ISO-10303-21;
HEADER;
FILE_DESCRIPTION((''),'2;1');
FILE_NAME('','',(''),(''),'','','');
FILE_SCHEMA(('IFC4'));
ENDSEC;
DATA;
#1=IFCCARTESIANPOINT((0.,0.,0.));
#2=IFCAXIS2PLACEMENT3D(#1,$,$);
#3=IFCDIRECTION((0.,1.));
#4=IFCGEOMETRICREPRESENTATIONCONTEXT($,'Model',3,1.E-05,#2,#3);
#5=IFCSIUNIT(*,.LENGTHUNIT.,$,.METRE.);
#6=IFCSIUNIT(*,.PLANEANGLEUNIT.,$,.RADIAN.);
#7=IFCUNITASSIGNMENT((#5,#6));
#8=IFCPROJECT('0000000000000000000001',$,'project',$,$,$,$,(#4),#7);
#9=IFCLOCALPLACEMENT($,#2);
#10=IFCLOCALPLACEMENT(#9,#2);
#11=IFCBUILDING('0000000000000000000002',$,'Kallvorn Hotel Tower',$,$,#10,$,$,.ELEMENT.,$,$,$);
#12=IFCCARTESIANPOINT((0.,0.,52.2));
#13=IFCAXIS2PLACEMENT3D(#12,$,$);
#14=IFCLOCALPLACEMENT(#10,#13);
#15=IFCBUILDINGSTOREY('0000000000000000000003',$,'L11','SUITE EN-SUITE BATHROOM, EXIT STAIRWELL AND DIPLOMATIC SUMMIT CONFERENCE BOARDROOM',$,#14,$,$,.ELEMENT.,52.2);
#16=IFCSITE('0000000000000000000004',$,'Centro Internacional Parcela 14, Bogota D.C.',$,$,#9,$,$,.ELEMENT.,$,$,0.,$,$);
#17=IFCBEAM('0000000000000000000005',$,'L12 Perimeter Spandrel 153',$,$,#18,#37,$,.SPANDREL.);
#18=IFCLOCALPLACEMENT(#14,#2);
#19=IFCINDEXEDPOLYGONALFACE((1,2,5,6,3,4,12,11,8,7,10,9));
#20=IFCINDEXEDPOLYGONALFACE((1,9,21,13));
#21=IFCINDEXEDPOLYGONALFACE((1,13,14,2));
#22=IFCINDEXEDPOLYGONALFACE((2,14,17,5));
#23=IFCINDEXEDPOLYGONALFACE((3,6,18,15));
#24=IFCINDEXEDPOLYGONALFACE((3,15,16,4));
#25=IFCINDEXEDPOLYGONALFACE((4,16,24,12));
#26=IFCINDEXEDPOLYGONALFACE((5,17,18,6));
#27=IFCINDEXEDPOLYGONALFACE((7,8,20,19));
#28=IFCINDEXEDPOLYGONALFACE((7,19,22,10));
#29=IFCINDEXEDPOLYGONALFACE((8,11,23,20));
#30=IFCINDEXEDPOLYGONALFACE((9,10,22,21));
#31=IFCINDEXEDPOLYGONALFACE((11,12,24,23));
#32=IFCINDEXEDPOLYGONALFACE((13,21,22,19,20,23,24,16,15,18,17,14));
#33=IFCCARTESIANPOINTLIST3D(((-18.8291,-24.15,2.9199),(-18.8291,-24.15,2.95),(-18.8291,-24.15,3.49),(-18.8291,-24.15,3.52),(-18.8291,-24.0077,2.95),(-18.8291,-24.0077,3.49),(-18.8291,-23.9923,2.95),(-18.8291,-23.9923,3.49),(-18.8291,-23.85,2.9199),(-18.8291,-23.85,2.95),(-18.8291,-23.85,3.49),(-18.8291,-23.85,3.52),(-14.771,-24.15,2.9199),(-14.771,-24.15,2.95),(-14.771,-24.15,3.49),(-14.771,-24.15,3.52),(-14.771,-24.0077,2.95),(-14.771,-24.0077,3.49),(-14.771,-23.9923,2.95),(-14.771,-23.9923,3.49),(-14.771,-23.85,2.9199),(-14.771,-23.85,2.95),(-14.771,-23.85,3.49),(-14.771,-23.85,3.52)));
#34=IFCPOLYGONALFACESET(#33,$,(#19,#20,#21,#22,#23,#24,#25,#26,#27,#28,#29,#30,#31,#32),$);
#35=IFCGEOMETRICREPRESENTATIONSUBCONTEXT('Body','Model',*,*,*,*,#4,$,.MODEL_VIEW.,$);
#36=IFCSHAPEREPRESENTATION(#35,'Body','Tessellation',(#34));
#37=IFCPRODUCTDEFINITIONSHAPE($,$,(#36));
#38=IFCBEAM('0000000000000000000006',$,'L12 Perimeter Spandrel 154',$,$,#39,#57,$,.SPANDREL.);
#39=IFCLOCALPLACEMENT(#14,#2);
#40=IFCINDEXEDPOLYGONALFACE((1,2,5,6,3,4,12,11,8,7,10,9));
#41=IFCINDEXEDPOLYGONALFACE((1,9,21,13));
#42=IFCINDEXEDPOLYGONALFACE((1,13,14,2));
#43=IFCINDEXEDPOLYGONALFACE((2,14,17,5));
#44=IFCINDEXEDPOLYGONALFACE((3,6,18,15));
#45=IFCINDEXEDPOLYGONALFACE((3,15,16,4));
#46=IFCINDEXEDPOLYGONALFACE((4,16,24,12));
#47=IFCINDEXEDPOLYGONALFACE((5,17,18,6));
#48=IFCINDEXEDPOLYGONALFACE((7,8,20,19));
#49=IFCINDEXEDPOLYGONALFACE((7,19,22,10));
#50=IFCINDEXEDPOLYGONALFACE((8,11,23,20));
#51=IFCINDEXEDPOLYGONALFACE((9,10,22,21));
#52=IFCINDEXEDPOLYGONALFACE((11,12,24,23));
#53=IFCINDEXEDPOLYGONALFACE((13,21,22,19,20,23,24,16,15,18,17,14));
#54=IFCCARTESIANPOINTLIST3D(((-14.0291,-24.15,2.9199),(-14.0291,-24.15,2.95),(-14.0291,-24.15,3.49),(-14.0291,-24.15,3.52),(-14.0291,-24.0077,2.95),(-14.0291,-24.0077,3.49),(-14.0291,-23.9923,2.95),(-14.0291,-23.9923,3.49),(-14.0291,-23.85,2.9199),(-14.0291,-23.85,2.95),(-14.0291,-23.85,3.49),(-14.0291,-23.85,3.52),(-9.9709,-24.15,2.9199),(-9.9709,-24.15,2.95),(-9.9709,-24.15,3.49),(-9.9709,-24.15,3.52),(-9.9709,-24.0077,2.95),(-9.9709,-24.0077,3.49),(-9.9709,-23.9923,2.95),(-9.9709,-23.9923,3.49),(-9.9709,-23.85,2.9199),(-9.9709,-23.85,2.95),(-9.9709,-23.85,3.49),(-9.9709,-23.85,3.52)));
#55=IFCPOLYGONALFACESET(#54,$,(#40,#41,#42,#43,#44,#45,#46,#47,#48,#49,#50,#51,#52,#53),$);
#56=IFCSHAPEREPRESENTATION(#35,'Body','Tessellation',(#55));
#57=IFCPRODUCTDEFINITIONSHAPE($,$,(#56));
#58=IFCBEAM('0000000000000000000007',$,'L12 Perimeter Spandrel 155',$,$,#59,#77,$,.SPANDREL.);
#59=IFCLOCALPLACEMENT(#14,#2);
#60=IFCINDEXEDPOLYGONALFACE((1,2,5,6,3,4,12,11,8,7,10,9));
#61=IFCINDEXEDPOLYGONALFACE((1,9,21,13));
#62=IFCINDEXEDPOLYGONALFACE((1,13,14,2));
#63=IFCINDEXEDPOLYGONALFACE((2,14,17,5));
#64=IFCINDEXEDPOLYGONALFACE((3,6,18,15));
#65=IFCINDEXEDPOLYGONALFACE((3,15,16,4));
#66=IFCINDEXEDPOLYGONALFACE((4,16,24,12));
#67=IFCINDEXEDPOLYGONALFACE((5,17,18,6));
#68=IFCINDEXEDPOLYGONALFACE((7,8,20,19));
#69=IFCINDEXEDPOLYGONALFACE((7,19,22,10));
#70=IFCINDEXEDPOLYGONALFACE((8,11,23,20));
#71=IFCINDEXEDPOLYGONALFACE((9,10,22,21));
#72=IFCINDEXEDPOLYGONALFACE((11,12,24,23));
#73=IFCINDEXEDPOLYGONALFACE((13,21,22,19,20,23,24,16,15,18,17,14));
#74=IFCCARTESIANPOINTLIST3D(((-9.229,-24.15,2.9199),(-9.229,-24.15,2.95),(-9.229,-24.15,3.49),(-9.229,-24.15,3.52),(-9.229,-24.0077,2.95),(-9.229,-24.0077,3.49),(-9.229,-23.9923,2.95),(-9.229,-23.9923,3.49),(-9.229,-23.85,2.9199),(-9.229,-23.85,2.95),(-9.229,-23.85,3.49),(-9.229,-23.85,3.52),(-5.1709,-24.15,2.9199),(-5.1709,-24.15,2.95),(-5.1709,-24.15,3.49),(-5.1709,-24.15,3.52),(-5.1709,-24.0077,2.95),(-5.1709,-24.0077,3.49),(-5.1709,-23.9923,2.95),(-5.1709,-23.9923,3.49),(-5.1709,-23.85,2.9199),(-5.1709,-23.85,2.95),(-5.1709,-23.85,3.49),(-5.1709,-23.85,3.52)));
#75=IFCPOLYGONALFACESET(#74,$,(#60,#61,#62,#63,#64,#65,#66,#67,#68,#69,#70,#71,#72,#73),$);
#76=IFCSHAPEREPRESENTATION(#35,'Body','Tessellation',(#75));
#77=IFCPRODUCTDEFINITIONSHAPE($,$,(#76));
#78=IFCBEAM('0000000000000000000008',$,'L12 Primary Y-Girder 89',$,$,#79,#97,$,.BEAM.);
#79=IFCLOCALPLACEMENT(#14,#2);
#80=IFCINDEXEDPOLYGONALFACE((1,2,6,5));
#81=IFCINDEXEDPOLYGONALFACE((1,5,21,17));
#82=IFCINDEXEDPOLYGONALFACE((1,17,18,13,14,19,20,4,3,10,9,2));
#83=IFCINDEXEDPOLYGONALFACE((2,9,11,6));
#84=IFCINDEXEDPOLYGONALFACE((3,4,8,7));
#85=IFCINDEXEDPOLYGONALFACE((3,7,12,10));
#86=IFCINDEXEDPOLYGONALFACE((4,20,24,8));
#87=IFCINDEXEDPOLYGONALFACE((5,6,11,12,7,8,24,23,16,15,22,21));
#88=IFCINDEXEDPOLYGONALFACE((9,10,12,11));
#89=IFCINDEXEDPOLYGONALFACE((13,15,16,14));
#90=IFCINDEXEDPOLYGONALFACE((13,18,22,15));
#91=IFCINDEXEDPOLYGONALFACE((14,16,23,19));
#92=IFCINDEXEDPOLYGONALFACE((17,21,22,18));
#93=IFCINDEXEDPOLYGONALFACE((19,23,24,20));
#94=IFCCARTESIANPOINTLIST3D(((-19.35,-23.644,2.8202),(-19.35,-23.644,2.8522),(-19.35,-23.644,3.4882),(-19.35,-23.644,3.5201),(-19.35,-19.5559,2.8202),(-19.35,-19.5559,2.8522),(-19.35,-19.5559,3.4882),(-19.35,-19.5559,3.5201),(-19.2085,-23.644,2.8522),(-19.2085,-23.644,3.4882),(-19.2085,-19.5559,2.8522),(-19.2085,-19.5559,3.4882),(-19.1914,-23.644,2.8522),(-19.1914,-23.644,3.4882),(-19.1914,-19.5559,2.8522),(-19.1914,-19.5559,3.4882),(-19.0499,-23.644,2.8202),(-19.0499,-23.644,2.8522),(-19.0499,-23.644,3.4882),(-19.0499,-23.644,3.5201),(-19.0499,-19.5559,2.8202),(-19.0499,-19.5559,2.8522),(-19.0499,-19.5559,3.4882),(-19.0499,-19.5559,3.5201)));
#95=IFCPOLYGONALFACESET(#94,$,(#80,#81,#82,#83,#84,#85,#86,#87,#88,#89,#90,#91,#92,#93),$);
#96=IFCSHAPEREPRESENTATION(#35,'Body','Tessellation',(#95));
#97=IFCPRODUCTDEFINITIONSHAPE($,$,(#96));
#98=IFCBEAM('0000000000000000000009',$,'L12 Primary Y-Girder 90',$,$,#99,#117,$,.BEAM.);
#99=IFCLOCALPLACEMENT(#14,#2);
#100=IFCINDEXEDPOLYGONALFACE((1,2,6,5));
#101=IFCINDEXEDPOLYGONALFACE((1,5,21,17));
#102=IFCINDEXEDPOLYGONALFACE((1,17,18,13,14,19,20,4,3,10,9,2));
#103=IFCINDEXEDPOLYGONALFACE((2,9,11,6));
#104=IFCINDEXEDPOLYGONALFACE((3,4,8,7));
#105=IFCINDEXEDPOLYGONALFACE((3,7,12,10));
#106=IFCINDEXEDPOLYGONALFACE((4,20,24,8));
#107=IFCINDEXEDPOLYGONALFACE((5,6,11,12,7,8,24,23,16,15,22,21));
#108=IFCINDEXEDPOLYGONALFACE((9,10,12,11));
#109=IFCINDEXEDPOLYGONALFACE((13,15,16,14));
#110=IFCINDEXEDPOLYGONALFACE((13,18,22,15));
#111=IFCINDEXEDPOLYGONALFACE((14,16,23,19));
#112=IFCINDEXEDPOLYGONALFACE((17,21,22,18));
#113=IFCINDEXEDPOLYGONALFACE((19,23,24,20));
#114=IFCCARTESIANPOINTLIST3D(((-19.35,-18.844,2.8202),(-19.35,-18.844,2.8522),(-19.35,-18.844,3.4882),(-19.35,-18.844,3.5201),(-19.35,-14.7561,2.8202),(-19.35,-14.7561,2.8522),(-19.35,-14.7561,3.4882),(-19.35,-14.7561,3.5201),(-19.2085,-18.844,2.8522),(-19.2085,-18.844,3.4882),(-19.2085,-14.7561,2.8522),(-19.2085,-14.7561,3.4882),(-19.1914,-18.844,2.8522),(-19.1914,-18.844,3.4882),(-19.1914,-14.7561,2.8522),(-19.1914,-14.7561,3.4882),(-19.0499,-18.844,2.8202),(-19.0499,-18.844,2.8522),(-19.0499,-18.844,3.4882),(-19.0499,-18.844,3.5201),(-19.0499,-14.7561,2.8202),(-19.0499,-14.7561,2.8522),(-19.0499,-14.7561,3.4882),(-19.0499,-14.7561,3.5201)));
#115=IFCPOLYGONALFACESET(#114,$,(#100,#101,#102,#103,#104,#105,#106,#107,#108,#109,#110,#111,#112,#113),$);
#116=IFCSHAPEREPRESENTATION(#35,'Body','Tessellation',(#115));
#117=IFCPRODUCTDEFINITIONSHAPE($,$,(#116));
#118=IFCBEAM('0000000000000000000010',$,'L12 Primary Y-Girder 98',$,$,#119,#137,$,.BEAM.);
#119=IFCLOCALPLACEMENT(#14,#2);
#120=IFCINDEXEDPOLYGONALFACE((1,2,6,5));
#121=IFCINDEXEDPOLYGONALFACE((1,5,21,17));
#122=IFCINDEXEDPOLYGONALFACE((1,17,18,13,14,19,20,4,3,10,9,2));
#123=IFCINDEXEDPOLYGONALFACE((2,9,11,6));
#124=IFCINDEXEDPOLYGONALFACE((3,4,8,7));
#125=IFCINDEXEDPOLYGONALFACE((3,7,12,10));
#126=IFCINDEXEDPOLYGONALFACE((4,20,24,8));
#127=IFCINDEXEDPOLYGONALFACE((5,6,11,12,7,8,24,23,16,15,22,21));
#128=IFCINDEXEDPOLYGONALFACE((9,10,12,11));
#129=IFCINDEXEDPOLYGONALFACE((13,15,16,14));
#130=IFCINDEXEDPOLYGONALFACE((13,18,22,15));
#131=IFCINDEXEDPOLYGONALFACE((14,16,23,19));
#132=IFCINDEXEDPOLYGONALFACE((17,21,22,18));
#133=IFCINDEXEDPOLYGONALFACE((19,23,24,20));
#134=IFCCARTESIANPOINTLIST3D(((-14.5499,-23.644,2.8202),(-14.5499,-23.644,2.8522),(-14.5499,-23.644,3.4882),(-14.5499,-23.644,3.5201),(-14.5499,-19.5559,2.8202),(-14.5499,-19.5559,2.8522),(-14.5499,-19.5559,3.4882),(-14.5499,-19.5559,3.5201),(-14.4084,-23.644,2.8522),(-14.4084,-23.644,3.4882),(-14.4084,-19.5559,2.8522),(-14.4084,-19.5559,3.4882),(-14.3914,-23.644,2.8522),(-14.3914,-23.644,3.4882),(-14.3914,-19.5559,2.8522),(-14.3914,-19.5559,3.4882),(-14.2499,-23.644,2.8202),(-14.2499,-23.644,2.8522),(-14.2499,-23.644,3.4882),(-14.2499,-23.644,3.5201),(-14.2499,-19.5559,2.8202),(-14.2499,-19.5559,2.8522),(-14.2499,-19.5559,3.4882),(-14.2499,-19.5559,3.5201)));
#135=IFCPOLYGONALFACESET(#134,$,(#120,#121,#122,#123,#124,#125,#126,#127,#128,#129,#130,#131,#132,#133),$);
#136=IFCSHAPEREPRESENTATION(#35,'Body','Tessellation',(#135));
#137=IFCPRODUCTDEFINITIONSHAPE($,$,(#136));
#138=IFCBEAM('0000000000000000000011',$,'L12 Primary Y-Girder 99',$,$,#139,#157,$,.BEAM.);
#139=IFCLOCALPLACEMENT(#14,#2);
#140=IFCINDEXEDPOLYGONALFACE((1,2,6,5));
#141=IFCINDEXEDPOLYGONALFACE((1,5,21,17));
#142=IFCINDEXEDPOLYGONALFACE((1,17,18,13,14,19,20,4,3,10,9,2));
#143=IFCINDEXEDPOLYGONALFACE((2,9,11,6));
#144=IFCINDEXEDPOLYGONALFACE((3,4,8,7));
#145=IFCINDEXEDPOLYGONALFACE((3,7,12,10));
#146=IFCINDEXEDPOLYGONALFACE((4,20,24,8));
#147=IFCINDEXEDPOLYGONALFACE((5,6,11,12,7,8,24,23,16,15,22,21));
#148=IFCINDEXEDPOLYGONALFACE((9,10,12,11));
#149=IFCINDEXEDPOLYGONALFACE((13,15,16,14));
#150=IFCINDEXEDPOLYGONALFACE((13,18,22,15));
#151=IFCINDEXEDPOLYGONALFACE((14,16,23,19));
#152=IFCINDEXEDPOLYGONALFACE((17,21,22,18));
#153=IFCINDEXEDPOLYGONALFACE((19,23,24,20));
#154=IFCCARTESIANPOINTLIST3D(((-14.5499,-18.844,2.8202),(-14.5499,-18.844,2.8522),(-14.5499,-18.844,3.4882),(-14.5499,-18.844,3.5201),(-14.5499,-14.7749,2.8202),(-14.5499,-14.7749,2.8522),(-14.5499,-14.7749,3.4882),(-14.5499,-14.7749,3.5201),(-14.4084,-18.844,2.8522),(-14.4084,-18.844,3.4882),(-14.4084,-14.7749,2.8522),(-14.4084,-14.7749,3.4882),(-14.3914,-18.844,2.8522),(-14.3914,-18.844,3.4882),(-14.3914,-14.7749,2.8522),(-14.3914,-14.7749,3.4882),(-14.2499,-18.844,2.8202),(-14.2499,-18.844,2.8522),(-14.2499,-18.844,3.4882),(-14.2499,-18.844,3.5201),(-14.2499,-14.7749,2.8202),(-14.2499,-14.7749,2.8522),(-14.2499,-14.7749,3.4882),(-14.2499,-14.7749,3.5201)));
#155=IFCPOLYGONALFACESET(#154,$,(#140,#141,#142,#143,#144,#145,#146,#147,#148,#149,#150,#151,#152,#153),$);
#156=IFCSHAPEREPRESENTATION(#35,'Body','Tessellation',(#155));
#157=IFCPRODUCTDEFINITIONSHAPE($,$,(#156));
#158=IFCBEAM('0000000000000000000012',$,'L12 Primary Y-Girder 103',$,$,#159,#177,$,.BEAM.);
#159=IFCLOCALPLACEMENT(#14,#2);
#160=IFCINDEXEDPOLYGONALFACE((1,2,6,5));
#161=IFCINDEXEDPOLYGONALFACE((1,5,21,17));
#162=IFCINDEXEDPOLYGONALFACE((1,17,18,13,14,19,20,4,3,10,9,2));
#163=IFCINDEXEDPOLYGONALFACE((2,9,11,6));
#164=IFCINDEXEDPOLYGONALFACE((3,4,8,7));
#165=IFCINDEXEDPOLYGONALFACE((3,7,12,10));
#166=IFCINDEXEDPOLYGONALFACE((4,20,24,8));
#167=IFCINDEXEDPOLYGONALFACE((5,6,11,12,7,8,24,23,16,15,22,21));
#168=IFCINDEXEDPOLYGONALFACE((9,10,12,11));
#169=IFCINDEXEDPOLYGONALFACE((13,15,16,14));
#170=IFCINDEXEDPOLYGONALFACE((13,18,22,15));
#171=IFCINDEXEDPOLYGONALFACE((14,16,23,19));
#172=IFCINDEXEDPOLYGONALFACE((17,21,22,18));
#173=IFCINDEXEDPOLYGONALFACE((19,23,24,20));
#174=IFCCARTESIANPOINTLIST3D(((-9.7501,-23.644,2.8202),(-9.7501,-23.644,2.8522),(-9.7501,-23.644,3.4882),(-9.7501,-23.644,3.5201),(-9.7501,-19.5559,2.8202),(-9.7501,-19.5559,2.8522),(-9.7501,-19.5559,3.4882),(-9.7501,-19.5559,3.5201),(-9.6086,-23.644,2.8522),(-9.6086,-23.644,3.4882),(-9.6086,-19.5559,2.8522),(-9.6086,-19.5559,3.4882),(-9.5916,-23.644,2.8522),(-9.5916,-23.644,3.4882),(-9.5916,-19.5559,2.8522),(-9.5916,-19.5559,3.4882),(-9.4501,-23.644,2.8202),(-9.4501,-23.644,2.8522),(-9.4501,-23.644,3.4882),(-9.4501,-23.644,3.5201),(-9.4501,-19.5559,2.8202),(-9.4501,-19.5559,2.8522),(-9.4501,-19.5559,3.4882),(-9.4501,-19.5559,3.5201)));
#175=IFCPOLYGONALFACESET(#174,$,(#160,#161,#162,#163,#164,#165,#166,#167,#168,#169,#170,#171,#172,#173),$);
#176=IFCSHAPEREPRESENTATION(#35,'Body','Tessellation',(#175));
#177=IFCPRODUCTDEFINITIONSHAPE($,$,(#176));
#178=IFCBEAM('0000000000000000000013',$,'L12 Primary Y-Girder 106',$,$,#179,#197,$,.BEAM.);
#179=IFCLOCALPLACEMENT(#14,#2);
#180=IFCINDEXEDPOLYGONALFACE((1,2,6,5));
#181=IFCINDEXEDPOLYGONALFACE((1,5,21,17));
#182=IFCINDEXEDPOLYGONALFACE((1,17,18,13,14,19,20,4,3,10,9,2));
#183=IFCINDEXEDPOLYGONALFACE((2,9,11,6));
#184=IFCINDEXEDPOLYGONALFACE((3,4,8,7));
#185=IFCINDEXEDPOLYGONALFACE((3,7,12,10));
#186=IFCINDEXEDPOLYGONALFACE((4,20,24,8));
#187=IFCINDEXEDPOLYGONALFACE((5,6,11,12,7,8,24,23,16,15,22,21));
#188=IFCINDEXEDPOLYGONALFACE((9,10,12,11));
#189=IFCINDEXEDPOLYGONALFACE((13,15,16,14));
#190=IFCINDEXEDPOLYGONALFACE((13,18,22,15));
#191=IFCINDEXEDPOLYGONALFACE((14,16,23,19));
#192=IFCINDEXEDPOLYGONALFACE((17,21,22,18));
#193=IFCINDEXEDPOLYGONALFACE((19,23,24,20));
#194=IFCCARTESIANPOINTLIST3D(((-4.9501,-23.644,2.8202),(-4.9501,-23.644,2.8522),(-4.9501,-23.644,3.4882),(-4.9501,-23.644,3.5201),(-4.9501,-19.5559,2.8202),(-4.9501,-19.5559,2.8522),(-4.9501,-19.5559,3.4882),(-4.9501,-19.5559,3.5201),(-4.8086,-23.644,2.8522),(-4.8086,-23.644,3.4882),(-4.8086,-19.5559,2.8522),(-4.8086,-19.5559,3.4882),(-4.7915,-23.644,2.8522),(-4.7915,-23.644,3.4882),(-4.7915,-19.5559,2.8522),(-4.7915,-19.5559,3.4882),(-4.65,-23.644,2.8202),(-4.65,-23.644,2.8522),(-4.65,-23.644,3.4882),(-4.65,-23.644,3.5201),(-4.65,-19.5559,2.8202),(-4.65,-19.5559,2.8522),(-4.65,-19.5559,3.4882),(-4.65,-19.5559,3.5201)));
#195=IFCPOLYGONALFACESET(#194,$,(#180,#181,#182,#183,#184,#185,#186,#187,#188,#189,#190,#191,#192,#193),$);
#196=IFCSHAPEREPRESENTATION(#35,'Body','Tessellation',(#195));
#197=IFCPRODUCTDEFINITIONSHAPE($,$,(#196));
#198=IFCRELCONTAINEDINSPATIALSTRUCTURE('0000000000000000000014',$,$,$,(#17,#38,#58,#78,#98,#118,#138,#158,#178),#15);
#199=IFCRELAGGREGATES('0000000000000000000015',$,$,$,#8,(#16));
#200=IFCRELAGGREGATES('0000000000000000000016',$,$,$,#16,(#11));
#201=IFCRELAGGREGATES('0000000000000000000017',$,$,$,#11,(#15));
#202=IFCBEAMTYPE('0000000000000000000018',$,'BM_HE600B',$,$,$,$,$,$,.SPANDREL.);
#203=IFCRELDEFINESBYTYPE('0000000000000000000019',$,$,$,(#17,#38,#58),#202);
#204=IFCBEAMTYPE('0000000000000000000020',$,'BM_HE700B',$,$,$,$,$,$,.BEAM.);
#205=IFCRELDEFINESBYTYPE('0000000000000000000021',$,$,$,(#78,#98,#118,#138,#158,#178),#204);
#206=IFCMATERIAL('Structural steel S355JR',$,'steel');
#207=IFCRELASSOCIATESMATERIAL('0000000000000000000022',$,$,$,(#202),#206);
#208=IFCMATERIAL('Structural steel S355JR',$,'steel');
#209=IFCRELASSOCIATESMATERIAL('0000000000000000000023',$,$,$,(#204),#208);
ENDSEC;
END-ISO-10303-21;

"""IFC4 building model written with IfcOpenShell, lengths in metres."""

from ifc_helpers import new_model, si_unit, direction, frame, origin, origin_2d, place, context, subcontext, project, spatial, i_section, extrude, material, material_profile, profile_set, type_object, element, save


model = new_model("IFC4")

# Units and contexts
model_context = context("Model", 3, precision=1e-05, world=origin(), true_north=direction((0.0, 1.0)))
body_context = subcontext(model_context, "Body", "Model", "MODEL_VIEW")
ifc_project = project(units=[si_unit("LENGTHUNIT", "METRE"), si_unit("PLANEANGLEUNIT", "RADIAN")], contexts=[model_context])

# Site, building, storey
site_placement = place(None, origin())
site = spatial("IfcSite", under=ifc_project, at=site_placement, Name="Centro Internacional Parcela 14, Bogota D.C.", CompositionType="ELEMENT", RefElevation=0.0)
building_placement = place(site_placement, origin())
building = spatial("IfcBuilding", under=site, at=building_placement, Name="Kallvorn Hotel Tower", CompositionType="ELEMENT")
storey_placement = place(building_placement, frame((0.0, 0.0, 52.2)))
storey = spatial("IfcBuildingStorey", under=building, at=storey_placement, Name="L11", Description="SUITE EN-SUITE BATHROOM, EXIT STAIRWELL AND DIPLOMATIC SUMMIT CONFERENCE BOARDROOM", CompositionType="ELEMENT", Elevation=52.2)

# Beams
ifc_material_1 = material(Name="Structural steel S355JR", Category="steel")
ifc_material_profile_1 = material_profile(ifc_material_1, i_section(OverallWidth=0.3, OverallDepth=0.6001, WebThickness=0.0154, FlangeThickness=0.03, at=origin_2d()), Name="HE 600 B")
ifc_profile_set_1 = profile_set([ifc_material_profile_1], Name="Structural steel S355JR")
beam_type_1 = type_object("IfcBeamType", Name="BM_HE600B", PredefinedType="SPANDREL", material=ifc_profile_set_1)
for number, where, z_axis, x_axis, name in (
    (1, (-18.8291, -24.0, 3.22), (1.0, 0.0, 0.0), (0.0, 1.0, 0.0), "L12 Perimeter Spandrel 153"),
    (2, (-14.0291, -24.0, 3.22), (1.0, 0.0, 0.0), (0.0, 1.0, 0.0), "L12 Perimeter Spandrel 154"),
    (3, (-9.229, -24.0, 3.22), (1.0, 0.0, 0.0), (0.0, 1.0, 0.0), "L12 Perimeter Spandrel 155"),
):
    element("IfcBeam", number, at=place(storey_placement, frame(where, z_axis=z_axis, x_axis=x_axis)), inside=storey, type_object=beam_type_1, Name=name, PredefinedType="SPANDREL", context=body_context, shape_type="SweptSolid", body=[
        extrude(i_section(OverallWidth=0.3, OverallDepth=0.6001, WebThickness=0.0154, FlangeThickness=0.03, at=origin_2d()), origin(), (0.0, 0.0, 1.0), 4.0581),
    ])
ifc_material_2 = material(Name="Structural steel S355JR", Category="steel")
ifc_material_profile_2 = material_profile(ifc_material_2, i_section(OverallWidth=0.3, OverallDepth=0.7, WebThickness=0.0171, FlangeThickness=0.032, at=origin_2d()), Name="HE 700 B")
ifc_profile_set_2 = profile_set([ifc_material_profile_2], Name="Structural steel S355JR")
beam_type_2 = type_object("IfcBeamType", Name="BM_HE700B", PredefinedType="BEAM", material=ifc_profile_set_2)
beam_1_placement = place(storey_placement, frame((-19.2, -23.644, 3.1702), z_axis=(0.0, 1.0, 0.0), x_axis=(-1.0, 0.0, 0.0)))
element("IfcBeam", 4, at=beam_1_placement, inside=storey, type_object=beam_type_2, Name="L12 Primary Y-Girder 89", PredefinedType="BEAM", context=body_context, shape_type="SweptSolid", body=[
    extrude(i_section(OverallWidth=0.3, OverallDepth=0.7, WebThickness=0.0171, FlangeThickness=0.032, at=origin_2d()), origin(), (0.0, 0.0, 1.0), 4.0881),
])
beam_2_placement = place(storey_placement, frame((-19.2, -18.844, 3.1702), z_axis=(0.0, 1.0, 0.0), x_axis=(-1.0, 0.0, 0.0)))
element("IfcBeam", 5, at=beam_2_placement, inside=storey, type_object=beam_type_2, Name="L12 Primary Y-Girder 90", PredefinedType="BEAM", context=body_context, shape_type="SweptSolid", body=[
    extrude(i_section(OverallWidth=0.3, OverallDepth=0.7, WebThickness=0.0171, FlangeThickness=0.032, at=origin_2d()), origin(), (0.0, 0.0, 1.0), 4.0879),
])
beam_3_placement = place(storey_placement, frame((-14.3999, -23.644, 3.1702), z_axis=(0.0, 1.0, 0.0), x_axis=(-1.0, 0.0, 0.0)))
element("IfcBeam", 6, at=beam_3_placement, inside=storey, type_object=beam_type_2, Name="L12 Primary Y-Girder 98", PredefinedType="BEAM", context=body_context, shape_type="SweptSolid", body=[
    extrude(i_section(OverallWidth=0.3, OverallDepth=0.7, WebThickness=0.0171, FlangeThickness=0.032, at=origin_2d()), origin(), (0.0, 0.0, 1.0), 4.0881),
])
beam_4_placement = place(storey_placement, frame((-14.3999, -18.844, 3.1702), z_axis=(0.0, 1.0, 0.0), x_axis=(-1.0, 0.0, 0.0)))
element("IfcBeam", 7, at=beam_4_placement, inside=storey, type_object=beam_type_2, Name="L12 Primary Y-Girder 99", PredefinedType="BEAM", context=body_context, shape_type="SweptSolid", body=[
    extrude(i_section(OverallWidth=0.3, OverallDepth=0.7, WebThickness=0.0171, FlangeThickness=0.032, at=origin_2d()), origin(), (0.0, 0.0, 1.0), 4.0691),
])
for number, where, z_axis, x_axis, name in (
    (8, (-9.6001, -23.644, 3.1702), (0.0, 1.0, 0.0), (-1.0, 0.0, 0.0), "L12 Primary Y-Girder 103"),
    (9, (-4.8, -23.644, 3.1702), (0.0, 1.0, 0.0), (-1.0, 0.0, 0.0), "L12 Primary Y-Girder 106"),
):
    element("IfcBeam", number, at=place(storey_placement, frame(where, z_axis=z_axis, x_axis=x_axis)), inside=storey, type_object=beam_type_2, Name=name, PredefinedType="BEAM", context=body_context, shape_type="SweptSolid", body=[
        extrude(i_section(OverallWidth=0.3, OverallDepth=0.7, WebThickness=0.0171, FlangeThickness=0.032, at=origin_2d()), origin(), (0.0, 0.0, 1.0), 4.0881),
    ])

save(model, "model.ifc")
